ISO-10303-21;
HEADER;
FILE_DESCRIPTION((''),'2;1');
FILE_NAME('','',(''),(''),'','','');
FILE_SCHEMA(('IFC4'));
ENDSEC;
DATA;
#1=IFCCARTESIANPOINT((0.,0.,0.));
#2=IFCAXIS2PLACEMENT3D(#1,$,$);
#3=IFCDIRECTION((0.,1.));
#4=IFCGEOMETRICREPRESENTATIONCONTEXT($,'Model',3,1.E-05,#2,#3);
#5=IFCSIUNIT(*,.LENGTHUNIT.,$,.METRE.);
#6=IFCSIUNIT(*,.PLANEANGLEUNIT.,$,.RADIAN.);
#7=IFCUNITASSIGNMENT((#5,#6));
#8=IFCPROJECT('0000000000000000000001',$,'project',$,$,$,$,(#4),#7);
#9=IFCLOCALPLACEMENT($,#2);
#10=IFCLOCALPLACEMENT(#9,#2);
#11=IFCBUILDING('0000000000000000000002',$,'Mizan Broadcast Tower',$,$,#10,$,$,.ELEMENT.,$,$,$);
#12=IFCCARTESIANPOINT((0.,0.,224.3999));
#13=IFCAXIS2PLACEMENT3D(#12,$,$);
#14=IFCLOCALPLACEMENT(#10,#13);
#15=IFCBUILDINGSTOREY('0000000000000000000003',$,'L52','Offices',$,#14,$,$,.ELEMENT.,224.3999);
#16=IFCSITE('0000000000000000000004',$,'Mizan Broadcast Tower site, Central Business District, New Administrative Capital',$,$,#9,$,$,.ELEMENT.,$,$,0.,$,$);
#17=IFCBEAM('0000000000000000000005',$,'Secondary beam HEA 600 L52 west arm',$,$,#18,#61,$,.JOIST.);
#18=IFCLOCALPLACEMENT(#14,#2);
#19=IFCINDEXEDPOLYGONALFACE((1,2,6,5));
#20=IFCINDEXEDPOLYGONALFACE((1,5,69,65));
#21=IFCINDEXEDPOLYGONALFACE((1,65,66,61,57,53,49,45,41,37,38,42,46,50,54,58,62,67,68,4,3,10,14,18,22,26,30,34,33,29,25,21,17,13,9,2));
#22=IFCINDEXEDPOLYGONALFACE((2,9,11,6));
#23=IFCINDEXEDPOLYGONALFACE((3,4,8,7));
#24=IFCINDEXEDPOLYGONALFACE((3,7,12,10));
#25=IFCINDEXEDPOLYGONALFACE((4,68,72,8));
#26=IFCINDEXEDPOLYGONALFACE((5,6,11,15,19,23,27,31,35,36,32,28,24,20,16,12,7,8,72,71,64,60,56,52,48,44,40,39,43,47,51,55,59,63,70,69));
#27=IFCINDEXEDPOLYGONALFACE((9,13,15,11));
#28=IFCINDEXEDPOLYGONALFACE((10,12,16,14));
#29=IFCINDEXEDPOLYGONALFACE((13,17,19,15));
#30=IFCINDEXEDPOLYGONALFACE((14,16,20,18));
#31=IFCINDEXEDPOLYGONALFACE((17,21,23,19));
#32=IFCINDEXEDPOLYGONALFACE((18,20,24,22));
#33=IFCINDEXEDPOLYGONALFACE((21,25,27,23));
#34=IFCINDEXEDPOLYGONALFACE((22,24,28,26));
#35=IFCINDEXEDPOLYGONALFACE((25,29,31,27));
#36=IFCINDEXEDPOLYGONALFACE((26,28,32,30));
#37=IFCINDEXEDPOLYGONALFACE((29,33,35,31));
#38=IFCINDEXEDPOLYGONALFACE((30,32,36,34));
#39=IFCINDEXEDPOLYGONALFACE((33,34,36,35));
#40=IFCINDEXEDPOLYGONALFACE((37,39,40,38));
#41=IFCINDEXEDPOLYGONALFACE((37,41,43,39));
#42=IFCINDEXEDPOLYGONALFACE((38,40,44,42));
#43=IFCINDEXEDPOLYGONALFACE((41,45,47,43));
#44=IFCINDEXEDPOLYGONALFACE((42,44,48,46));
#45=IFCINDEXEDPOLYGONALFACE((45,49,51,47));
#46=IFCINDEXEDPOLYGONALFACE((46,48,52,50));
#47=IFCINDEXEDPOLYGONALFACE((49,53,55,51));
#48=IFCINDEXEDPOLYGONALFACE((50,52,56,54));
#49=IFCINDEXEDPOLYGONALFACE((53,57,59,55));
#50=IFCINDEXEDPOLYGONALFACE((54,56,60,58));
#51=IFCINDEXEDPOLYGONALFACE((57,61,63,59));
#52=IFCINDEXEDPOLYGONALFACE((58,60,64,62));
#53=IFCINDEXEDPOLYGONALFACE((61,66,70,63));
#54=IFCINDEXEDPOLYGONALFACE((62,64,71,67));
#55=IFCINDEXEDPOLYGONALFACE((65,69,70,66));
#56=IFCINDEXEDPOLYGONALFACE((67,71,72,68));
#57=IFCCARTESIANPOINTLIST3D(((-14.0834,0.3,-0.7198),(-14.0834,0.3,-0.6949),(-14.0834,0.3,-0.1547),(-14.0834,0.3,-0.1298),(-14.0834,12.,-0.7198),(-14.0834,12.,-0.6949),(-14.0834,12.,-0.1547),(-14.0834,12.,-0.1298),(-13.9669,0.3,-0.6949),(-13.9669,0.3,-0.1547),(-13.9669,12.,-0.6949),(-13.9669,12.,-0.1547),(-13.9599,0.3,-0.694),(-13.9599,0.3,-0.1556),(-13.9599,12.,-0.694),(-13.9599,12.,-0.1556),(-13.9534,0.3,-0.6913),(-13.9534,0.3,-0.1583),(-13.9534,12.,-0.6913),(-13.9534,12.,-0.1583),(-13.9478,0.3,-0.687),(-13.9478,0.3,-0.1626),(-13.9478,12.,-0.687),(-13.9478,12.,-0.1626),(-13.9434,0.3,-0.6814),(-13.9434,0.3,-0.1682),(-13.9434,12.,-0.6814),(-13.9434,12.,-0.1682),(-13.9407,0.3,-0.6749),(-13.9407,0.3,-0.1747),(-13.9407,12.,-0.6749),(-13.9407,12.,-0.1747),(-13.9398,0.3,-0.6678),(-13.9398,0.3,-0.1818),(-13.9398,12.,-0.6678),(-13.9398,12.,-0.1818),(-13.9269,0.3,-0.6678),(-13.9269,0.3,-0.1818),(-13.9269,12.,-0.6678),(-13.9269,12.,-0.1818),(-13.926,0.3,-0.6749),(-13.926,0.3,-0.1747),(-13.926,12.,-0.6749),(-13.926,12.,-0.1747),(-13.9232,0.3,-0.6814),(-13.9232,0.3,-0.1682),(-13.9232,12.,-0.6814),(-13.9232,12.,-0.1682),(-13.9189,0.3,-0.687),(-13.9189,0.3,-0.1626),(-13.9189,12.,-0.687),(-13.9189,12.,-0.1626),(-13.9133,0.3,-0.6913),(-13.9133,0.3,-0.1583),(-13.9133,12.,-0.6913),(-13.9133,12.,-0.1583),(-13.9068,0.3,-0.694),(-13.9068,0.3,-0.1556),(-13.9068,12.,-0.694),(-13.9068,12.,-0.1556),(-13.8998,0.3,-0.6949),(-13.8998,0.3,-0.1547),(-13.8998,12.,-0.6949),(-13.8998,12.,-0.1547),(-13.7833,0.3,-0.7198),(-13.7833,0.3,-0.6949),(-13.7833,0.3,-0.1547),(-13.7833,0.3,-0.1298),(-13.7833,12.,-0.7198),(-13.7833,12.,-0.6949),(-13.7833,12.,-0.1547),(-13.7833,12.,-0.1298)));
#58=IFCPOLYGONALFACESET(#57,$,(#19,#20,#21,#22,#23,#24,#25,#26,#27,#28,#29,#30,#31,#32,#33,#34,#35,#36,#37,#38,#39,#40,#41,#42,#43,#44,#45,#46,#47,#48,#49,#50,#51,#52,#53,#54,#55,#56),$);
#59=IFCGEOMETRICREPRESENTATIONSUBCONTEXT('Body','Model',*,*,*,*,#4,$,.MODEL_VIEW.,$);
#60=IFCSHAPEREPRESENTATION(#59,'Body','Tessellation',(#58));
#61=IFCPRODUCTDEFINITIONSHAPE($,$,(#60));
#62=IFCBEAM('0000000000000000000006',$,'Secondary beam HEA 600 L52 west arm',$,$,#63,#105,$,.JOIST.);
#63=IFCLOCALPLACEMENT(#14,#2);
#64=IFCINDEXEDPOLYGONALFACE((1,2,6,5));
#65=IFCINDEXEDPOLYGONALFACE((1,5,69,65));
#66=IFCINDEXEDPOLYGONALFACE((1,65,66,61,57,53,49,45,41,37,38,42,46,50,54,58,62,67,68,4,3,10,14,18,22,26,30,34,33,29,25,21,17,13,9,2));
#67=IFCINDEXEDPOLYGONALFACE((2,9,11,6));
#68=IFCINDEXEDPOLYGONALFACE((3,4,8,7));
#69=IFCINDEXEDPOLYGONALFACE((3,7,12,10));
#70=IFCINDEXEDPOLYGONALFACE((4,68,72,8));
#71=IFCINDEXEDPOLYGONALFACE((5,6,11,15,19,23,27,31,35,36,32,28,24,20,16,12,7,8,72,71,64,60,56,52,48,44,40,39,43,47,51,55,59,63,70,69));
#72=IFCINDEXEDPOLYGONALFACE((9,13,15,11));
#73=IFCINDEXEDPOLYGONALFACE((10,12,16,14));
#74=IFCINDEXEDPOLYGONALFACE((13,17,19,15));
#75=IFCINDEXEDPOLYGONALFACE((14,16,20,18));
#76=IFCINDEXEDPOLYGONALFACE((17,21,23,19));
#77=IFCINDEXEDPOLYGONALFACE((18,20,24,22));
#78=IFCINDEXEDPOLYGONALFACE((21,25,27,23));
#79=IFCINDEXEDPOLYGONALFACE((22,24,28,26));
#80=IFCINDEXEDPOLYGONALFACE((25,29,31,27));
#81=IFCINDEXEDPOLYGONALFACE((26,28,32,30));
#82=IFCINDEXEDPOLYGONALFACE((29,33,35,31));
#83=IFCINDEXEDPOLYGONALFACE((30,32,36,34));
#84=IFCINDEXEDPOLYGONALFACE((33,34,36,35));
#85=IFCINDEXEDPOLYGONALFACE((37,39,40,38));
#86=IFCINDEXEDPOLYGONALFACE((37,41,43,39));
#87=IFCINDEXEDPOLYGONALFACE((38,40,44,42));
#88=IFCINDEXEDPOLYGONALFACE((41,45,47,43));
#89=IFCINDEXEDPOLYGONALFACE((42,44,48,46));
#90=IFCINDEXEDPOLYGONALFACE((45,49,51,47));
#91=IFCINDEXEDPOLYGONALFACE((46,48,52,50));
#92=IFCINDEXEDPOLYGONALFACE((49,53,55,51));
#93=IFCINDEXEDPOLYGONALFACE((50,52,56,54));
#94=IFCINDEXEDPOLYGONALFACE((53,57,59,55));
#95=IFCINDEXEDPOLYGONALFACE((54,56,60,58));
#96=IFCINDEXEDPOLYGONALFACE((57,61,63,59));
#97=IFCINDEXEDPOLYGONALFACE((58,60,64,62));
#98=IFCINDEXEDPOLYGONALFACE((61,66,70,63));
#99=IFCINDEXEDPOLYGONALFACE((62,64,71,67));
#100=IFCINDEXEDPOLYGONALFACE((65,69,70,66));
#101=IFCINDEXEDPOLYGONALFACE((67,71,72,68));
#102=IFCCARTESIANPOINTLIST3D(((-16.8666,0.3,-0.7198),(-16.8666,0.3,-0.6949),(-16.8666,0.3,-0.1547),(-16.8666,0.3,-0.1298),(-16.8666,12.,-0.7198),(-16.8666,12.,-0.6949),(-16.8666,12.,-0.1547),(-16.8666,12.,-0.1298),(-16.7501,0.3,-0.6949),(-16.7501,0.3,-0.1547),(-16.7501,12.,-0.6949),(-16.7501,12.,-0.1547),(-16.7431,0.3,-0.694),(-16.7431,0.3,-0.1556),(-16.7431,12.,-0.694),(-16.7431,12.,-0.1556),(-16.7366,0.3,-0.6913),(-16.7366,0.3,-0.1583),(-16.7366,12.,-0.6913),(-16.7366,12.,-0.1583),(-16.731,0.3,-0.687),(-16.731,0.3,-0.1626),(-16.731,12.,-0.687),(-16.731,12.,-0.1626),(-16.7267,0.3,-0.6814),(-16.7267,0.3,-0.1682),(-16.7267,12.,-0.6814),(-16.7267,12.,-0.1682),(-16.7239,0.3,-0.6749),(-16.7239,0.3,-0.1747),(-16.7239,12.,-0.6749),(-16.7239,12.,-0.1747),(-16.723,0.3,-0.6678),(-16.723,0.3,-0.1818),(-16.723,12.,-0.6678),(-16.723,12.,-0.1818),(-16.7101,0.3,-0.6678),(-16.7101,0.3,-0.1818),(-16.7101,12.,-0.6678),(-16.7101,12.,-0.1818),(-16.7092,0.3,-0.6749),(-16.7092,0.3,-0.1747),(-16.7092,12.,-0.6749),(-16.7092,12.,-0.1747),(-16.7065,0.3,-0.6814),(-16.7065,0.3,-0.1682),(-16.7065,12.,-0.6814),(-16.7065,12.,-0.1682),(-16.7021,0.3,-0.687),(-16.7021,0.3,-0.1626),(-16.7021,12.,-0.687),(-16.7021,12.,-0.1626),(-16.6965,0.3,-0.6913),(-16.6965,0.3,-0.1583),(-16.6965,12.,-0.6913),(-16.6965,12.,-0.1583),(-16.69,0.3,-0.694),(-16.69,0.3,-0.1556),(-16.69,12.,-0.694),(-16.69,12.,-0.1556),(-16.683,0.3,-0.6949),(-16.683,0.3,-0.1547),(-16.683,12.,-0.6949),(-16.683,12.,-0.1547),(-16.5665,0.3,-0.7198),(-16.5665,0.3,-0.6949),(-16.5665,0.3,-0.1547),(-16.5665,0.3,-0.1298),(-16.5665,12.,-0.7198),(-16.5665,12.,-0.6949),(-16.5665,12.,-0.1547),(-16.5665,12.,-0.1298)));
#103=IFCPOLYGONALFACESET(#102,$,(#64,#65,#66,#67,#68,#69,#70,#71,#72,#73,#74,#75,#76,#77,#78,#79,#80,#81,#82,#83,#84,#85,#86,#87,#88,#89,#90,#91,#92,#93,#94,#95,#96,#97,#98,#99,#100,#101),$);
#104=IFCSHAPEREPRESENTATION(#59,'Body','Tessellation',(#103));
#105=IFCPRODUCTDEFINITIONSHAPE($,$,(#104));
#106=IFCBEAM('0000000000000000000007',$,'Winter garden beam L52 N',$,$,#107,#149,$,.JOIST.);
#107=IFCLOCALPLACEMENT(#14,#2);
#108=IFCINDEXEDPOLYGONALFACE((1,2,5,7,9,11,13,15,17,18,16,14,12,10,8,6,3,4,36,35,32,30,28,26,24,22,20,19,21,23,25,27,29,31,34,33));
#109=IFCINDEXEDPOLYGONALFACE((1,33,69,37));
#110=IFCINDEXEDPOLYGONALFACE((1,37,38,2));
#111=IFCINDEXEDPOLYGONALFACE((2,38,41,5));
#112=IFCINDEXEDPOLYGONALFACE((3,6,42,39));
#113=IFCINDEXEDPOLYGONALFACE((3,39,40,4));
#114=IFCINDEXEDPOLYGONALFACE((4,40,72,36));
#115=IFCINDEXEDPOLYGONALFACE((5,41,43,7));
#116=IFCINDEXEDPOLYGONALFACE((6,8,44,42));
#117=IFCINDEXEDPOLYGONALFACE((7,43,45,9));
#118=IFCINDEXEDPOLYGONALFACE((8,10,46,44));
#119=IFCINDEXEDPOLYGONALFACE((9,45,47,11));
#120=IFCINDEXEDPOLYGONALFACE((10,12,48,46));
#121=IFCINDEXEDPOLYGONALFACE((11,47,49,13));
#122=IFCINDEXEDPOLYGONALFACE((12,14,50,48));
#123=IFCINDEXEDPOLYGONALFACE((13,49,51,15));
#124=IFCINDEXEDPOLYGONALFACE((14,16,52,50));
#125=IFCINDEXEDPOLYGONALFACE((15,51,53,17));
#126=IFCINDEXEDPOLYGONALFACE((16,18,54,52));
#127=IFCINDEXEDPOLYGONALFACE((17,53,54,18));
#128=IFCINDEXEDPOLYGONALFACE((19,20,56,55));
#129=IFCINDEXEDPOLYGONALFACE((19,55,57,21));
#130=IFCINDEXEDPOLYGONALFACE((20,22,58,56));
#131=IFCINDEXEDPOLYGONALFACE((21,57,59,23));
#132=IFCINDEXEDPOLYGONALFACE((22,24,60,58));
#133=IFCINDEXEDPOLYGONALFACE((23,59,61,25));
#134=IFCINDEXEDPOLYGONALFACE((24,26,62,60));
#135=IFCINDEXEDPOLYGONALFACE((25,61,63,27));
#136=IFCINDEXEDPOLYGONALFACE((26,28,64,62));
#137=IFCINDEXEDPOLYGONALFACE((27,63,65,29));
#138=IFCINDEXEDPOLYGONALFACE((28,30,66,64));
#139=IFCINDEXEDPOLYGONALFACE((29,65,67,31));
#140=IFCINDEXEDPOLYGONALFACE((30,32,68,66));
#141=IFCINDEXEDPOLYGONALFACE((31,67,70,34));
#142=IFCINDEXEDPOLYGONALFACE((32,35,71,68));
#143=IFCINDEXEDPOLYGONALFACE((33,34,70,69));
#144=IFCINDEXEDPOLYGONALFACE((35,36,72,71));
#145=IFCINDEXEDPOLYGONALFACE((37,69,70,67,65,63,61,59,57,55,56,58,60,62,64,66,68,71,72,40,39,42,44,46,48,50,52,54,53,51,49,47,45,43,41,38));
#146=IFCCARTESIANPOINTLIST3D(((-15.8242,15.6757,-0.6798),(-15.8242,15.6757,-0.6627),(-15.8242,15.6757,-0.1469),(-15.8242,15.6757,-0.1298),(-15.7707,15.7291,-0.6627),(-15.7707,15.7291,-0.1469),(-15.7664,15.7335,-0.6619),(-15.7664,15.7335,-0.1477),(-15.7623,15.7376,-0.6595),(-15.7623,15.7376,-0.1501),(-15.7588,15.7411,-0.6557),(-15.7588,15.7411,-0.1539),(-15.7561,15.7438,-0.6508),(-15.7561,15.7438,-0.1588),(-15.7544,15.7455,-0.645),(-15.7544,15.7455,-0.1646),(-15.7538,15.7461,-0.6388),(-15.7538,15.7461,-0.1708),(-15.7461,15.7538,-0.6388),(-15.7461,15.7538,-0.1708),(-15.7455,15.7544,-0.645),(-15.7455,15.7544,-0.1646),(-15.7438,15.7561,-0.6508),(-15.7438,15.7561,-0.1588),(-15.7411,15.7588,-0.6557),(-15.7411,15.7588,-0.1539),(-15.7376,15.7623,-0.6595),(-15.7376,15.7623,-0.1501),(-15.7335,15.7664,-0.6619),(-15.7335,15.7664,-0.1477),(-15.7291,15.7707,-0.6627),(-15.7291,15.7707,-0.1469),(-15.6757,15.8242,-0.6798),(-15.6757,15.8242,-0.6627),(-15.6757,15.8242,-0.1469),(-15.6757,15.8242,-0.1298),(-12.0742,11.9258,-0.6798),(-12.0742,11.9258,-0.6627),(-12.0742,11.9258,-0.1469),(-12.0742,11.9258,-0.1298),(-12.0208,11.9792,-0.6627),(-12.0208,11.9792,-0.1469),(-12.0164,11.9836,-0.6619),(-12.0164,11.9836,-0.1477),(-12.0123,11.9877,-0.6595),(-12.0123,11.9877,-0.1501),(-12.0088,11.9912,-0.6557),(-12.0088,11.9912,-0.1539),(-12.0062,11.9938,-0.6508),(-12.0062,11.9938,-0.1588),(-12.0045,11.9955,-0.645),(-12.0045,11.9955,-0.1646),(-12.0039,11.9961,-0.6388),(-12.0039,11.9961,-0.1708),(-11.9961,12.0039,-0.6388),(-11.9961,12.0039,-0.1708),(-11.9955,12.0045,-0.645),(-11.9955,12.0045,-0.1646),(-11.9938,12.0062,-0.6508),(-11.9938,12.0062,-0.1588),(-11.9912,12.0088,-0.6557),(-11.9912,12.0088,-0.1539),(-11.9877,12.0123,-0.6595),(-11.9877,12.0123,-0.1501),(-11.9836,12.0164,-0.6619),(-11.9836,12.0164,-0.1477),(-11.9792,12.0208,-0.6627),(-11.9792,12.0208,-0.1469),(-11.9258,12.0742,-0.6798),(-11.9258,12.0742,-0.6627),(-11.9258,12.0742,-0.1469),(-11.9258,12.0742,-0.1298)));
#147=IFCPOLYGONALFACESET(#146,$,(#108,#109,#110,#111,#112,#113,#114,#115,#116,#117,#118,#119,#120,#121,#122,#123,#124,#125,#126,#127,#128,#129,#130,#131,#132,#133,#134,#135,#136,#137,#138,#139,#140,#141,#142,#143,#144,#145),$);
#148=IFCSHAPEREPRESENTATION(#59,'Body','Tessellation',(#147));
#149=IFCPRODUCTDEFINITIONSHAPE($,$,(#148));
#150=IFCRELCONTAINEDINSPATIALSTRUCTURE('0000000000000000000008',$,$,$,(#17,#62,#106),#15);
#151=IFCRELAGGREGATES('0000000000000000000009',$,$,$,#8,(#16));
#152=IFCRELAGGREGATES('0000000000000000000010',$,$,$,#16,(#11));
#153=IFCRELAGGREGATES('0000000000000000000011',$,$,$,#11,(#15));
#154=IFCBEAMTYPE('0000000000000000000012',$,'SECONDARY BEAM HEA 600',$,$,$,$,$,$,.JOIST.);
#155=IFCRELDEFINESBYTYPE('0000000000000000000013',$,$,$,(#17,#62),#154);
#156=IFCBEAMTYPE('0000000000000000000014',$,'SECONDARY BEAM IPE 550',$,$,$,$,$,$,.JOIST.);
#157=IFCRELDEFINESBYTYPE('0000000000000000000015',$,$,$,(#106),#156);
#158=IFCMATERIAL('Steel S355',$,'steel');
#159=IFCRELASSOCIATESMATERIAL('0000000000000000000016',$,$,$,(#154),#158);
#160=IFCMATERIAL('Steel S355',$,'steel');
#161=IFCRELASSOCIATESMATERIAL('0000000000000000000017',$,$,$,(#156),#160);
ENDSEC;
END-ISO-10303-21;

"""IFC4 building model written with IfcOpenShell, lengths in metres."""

from ifc_helpers import new_model, si_unit, direction, frame, origin, origin_2d, place, context, subcontext, project, spatial, i_section, extrude, material, material_profile, profile_set, type_object, element, save


model = new_model("IFC4")

# Units and contexts
model_context = context("Model", 3, precision=1e-05, world=origin(), true_north=direction((0.0, 1.0)))
body_context = subcontext(model_context, "Body", "Model", "MODEL_VIEW")
ifc_project = project(units=[si_unit("LENGTHUNIT", "METRE"), si_unit("PLANEANGLEUNIT", "RADIAN")], contexts=[model_context])

# Site, building, storey
site_placement = place(None, origin())
site = spatial("IfcSite", under=ifc_project, at=site_placement, Name="Mizan Broadcast Tower site, Central Business District, New Administrative Capital", CompositionType="ELEMENT", RefElevation=0.0)
building_placement = place(site_placement, origin())
building = spatial("IfcBuilding", under=site, at=building_placement, Name="Mizan Broadcast Tower", CompositionType="ELEMENT")
storey_placement = place(building_placement, frame((0.0, 0.0, 224.3999)))
storey = spatial("IfcBuildingStorey", under=building, at=storey_placement, Name="L52", Description="Offices", CompositionType="ELEMENT", Elevation=224.3999)

# Beams
ifc_material_1 = material(Name="Steel S355", Category="steel")
ifc_material_profile_1 = material_profile(ifc_material_1, i_section(OverallWidth=0.3, OverallDepth=0.5901, WebThickness=0.0129, FlangeThickness=0.0249, FilletRadius=0.0271, at=origin_2d()), Name="HEA 600")
ifc_profile_set_1 = profile_set([ifc_material_profile_1], Name="Steel S355")
beam_type_1 = type_object("IfcBeamType", Name="SECONDARY BEAM HEA 600", PredefinedType="JOIST", material=ifc_profile_set_1)
for number, where, z_axis, x_axis, name in (
    (1, (-13.9333, 12.0, -0.4248), (0.0, -1.0, 0.0), (1.0, 0.0, 0.0), "Secondary beam HEA 600 L52 west arm"),
    (2, (-16.7166, 12.0, -0.4248), (0.0, -1.0, 0.0), (1.0, 0.0, 0.0), "Secondary beam HEA 600 L52 west arm"),
):
    element("IfcBeam", number, at=place(storey_placement, frame(where, z_axis=z_axis, x_axis=x_axis)), inside=storey, type_object=beam_type_1, Name=name, PredefinedType="JOIST", context=body_context, shape_type="SweptSolid", body=[
        extrude(i_section(OverallWidth=0.3, OverallDepth=0.5901, WebThickness=0.0129, FlangeThickness=0.0249, FilletRadius=0.0271, at=origin_2d()), origin(), (0.0, 0.0, 1.0), 11.7),
    ])
ifc_material_2 = material(Name="Steel S355", Category="steel")
ifc_material_profile_2 = material_profile(ifc_material_2, i_section(OverallWidth=0.21, OverallDepth=0.55, WebThickness=0.011, FlangeThickness=0.0171, FilletRadius=0.0239, at=origin_2d()), Name="IPE 550")
ifc_profile_set_2 = profile_set([ifc_material_profile_2], Name="Steel S355")
beam_type_2 = type_object("IfcBeamType", Name="SECONDARY BEAM IPE 550", PredefinedType="JOIST", material=ifc_profile_set_2)
beam_1_placement = place(storey_placement, frame((-12.0, 12.0, -0.4048), z_axis=(-0.707107, 0.707107, 0.0), x_axis=(-0.707107, -0.707107, 0.0)))
element("IfcBeam", 3, at=beam_1_placement, inside=storey, type_object=beam_type_2, Name="Winter garden beam L52 N", PredefinedType="JOIST", context=body_context, shape_type="SweptSolid", body=[
    extrude(i_section(OverallWidth=0.21, OverallDepth=0.55, WebThickness=0.011, FlangeThickness=0.0171, FilletRadius=0.0239, at=origin_2d()), origin(), (0.0, 0.0, 1.0), 5.3032),
])

save(model, "model.ifc")
